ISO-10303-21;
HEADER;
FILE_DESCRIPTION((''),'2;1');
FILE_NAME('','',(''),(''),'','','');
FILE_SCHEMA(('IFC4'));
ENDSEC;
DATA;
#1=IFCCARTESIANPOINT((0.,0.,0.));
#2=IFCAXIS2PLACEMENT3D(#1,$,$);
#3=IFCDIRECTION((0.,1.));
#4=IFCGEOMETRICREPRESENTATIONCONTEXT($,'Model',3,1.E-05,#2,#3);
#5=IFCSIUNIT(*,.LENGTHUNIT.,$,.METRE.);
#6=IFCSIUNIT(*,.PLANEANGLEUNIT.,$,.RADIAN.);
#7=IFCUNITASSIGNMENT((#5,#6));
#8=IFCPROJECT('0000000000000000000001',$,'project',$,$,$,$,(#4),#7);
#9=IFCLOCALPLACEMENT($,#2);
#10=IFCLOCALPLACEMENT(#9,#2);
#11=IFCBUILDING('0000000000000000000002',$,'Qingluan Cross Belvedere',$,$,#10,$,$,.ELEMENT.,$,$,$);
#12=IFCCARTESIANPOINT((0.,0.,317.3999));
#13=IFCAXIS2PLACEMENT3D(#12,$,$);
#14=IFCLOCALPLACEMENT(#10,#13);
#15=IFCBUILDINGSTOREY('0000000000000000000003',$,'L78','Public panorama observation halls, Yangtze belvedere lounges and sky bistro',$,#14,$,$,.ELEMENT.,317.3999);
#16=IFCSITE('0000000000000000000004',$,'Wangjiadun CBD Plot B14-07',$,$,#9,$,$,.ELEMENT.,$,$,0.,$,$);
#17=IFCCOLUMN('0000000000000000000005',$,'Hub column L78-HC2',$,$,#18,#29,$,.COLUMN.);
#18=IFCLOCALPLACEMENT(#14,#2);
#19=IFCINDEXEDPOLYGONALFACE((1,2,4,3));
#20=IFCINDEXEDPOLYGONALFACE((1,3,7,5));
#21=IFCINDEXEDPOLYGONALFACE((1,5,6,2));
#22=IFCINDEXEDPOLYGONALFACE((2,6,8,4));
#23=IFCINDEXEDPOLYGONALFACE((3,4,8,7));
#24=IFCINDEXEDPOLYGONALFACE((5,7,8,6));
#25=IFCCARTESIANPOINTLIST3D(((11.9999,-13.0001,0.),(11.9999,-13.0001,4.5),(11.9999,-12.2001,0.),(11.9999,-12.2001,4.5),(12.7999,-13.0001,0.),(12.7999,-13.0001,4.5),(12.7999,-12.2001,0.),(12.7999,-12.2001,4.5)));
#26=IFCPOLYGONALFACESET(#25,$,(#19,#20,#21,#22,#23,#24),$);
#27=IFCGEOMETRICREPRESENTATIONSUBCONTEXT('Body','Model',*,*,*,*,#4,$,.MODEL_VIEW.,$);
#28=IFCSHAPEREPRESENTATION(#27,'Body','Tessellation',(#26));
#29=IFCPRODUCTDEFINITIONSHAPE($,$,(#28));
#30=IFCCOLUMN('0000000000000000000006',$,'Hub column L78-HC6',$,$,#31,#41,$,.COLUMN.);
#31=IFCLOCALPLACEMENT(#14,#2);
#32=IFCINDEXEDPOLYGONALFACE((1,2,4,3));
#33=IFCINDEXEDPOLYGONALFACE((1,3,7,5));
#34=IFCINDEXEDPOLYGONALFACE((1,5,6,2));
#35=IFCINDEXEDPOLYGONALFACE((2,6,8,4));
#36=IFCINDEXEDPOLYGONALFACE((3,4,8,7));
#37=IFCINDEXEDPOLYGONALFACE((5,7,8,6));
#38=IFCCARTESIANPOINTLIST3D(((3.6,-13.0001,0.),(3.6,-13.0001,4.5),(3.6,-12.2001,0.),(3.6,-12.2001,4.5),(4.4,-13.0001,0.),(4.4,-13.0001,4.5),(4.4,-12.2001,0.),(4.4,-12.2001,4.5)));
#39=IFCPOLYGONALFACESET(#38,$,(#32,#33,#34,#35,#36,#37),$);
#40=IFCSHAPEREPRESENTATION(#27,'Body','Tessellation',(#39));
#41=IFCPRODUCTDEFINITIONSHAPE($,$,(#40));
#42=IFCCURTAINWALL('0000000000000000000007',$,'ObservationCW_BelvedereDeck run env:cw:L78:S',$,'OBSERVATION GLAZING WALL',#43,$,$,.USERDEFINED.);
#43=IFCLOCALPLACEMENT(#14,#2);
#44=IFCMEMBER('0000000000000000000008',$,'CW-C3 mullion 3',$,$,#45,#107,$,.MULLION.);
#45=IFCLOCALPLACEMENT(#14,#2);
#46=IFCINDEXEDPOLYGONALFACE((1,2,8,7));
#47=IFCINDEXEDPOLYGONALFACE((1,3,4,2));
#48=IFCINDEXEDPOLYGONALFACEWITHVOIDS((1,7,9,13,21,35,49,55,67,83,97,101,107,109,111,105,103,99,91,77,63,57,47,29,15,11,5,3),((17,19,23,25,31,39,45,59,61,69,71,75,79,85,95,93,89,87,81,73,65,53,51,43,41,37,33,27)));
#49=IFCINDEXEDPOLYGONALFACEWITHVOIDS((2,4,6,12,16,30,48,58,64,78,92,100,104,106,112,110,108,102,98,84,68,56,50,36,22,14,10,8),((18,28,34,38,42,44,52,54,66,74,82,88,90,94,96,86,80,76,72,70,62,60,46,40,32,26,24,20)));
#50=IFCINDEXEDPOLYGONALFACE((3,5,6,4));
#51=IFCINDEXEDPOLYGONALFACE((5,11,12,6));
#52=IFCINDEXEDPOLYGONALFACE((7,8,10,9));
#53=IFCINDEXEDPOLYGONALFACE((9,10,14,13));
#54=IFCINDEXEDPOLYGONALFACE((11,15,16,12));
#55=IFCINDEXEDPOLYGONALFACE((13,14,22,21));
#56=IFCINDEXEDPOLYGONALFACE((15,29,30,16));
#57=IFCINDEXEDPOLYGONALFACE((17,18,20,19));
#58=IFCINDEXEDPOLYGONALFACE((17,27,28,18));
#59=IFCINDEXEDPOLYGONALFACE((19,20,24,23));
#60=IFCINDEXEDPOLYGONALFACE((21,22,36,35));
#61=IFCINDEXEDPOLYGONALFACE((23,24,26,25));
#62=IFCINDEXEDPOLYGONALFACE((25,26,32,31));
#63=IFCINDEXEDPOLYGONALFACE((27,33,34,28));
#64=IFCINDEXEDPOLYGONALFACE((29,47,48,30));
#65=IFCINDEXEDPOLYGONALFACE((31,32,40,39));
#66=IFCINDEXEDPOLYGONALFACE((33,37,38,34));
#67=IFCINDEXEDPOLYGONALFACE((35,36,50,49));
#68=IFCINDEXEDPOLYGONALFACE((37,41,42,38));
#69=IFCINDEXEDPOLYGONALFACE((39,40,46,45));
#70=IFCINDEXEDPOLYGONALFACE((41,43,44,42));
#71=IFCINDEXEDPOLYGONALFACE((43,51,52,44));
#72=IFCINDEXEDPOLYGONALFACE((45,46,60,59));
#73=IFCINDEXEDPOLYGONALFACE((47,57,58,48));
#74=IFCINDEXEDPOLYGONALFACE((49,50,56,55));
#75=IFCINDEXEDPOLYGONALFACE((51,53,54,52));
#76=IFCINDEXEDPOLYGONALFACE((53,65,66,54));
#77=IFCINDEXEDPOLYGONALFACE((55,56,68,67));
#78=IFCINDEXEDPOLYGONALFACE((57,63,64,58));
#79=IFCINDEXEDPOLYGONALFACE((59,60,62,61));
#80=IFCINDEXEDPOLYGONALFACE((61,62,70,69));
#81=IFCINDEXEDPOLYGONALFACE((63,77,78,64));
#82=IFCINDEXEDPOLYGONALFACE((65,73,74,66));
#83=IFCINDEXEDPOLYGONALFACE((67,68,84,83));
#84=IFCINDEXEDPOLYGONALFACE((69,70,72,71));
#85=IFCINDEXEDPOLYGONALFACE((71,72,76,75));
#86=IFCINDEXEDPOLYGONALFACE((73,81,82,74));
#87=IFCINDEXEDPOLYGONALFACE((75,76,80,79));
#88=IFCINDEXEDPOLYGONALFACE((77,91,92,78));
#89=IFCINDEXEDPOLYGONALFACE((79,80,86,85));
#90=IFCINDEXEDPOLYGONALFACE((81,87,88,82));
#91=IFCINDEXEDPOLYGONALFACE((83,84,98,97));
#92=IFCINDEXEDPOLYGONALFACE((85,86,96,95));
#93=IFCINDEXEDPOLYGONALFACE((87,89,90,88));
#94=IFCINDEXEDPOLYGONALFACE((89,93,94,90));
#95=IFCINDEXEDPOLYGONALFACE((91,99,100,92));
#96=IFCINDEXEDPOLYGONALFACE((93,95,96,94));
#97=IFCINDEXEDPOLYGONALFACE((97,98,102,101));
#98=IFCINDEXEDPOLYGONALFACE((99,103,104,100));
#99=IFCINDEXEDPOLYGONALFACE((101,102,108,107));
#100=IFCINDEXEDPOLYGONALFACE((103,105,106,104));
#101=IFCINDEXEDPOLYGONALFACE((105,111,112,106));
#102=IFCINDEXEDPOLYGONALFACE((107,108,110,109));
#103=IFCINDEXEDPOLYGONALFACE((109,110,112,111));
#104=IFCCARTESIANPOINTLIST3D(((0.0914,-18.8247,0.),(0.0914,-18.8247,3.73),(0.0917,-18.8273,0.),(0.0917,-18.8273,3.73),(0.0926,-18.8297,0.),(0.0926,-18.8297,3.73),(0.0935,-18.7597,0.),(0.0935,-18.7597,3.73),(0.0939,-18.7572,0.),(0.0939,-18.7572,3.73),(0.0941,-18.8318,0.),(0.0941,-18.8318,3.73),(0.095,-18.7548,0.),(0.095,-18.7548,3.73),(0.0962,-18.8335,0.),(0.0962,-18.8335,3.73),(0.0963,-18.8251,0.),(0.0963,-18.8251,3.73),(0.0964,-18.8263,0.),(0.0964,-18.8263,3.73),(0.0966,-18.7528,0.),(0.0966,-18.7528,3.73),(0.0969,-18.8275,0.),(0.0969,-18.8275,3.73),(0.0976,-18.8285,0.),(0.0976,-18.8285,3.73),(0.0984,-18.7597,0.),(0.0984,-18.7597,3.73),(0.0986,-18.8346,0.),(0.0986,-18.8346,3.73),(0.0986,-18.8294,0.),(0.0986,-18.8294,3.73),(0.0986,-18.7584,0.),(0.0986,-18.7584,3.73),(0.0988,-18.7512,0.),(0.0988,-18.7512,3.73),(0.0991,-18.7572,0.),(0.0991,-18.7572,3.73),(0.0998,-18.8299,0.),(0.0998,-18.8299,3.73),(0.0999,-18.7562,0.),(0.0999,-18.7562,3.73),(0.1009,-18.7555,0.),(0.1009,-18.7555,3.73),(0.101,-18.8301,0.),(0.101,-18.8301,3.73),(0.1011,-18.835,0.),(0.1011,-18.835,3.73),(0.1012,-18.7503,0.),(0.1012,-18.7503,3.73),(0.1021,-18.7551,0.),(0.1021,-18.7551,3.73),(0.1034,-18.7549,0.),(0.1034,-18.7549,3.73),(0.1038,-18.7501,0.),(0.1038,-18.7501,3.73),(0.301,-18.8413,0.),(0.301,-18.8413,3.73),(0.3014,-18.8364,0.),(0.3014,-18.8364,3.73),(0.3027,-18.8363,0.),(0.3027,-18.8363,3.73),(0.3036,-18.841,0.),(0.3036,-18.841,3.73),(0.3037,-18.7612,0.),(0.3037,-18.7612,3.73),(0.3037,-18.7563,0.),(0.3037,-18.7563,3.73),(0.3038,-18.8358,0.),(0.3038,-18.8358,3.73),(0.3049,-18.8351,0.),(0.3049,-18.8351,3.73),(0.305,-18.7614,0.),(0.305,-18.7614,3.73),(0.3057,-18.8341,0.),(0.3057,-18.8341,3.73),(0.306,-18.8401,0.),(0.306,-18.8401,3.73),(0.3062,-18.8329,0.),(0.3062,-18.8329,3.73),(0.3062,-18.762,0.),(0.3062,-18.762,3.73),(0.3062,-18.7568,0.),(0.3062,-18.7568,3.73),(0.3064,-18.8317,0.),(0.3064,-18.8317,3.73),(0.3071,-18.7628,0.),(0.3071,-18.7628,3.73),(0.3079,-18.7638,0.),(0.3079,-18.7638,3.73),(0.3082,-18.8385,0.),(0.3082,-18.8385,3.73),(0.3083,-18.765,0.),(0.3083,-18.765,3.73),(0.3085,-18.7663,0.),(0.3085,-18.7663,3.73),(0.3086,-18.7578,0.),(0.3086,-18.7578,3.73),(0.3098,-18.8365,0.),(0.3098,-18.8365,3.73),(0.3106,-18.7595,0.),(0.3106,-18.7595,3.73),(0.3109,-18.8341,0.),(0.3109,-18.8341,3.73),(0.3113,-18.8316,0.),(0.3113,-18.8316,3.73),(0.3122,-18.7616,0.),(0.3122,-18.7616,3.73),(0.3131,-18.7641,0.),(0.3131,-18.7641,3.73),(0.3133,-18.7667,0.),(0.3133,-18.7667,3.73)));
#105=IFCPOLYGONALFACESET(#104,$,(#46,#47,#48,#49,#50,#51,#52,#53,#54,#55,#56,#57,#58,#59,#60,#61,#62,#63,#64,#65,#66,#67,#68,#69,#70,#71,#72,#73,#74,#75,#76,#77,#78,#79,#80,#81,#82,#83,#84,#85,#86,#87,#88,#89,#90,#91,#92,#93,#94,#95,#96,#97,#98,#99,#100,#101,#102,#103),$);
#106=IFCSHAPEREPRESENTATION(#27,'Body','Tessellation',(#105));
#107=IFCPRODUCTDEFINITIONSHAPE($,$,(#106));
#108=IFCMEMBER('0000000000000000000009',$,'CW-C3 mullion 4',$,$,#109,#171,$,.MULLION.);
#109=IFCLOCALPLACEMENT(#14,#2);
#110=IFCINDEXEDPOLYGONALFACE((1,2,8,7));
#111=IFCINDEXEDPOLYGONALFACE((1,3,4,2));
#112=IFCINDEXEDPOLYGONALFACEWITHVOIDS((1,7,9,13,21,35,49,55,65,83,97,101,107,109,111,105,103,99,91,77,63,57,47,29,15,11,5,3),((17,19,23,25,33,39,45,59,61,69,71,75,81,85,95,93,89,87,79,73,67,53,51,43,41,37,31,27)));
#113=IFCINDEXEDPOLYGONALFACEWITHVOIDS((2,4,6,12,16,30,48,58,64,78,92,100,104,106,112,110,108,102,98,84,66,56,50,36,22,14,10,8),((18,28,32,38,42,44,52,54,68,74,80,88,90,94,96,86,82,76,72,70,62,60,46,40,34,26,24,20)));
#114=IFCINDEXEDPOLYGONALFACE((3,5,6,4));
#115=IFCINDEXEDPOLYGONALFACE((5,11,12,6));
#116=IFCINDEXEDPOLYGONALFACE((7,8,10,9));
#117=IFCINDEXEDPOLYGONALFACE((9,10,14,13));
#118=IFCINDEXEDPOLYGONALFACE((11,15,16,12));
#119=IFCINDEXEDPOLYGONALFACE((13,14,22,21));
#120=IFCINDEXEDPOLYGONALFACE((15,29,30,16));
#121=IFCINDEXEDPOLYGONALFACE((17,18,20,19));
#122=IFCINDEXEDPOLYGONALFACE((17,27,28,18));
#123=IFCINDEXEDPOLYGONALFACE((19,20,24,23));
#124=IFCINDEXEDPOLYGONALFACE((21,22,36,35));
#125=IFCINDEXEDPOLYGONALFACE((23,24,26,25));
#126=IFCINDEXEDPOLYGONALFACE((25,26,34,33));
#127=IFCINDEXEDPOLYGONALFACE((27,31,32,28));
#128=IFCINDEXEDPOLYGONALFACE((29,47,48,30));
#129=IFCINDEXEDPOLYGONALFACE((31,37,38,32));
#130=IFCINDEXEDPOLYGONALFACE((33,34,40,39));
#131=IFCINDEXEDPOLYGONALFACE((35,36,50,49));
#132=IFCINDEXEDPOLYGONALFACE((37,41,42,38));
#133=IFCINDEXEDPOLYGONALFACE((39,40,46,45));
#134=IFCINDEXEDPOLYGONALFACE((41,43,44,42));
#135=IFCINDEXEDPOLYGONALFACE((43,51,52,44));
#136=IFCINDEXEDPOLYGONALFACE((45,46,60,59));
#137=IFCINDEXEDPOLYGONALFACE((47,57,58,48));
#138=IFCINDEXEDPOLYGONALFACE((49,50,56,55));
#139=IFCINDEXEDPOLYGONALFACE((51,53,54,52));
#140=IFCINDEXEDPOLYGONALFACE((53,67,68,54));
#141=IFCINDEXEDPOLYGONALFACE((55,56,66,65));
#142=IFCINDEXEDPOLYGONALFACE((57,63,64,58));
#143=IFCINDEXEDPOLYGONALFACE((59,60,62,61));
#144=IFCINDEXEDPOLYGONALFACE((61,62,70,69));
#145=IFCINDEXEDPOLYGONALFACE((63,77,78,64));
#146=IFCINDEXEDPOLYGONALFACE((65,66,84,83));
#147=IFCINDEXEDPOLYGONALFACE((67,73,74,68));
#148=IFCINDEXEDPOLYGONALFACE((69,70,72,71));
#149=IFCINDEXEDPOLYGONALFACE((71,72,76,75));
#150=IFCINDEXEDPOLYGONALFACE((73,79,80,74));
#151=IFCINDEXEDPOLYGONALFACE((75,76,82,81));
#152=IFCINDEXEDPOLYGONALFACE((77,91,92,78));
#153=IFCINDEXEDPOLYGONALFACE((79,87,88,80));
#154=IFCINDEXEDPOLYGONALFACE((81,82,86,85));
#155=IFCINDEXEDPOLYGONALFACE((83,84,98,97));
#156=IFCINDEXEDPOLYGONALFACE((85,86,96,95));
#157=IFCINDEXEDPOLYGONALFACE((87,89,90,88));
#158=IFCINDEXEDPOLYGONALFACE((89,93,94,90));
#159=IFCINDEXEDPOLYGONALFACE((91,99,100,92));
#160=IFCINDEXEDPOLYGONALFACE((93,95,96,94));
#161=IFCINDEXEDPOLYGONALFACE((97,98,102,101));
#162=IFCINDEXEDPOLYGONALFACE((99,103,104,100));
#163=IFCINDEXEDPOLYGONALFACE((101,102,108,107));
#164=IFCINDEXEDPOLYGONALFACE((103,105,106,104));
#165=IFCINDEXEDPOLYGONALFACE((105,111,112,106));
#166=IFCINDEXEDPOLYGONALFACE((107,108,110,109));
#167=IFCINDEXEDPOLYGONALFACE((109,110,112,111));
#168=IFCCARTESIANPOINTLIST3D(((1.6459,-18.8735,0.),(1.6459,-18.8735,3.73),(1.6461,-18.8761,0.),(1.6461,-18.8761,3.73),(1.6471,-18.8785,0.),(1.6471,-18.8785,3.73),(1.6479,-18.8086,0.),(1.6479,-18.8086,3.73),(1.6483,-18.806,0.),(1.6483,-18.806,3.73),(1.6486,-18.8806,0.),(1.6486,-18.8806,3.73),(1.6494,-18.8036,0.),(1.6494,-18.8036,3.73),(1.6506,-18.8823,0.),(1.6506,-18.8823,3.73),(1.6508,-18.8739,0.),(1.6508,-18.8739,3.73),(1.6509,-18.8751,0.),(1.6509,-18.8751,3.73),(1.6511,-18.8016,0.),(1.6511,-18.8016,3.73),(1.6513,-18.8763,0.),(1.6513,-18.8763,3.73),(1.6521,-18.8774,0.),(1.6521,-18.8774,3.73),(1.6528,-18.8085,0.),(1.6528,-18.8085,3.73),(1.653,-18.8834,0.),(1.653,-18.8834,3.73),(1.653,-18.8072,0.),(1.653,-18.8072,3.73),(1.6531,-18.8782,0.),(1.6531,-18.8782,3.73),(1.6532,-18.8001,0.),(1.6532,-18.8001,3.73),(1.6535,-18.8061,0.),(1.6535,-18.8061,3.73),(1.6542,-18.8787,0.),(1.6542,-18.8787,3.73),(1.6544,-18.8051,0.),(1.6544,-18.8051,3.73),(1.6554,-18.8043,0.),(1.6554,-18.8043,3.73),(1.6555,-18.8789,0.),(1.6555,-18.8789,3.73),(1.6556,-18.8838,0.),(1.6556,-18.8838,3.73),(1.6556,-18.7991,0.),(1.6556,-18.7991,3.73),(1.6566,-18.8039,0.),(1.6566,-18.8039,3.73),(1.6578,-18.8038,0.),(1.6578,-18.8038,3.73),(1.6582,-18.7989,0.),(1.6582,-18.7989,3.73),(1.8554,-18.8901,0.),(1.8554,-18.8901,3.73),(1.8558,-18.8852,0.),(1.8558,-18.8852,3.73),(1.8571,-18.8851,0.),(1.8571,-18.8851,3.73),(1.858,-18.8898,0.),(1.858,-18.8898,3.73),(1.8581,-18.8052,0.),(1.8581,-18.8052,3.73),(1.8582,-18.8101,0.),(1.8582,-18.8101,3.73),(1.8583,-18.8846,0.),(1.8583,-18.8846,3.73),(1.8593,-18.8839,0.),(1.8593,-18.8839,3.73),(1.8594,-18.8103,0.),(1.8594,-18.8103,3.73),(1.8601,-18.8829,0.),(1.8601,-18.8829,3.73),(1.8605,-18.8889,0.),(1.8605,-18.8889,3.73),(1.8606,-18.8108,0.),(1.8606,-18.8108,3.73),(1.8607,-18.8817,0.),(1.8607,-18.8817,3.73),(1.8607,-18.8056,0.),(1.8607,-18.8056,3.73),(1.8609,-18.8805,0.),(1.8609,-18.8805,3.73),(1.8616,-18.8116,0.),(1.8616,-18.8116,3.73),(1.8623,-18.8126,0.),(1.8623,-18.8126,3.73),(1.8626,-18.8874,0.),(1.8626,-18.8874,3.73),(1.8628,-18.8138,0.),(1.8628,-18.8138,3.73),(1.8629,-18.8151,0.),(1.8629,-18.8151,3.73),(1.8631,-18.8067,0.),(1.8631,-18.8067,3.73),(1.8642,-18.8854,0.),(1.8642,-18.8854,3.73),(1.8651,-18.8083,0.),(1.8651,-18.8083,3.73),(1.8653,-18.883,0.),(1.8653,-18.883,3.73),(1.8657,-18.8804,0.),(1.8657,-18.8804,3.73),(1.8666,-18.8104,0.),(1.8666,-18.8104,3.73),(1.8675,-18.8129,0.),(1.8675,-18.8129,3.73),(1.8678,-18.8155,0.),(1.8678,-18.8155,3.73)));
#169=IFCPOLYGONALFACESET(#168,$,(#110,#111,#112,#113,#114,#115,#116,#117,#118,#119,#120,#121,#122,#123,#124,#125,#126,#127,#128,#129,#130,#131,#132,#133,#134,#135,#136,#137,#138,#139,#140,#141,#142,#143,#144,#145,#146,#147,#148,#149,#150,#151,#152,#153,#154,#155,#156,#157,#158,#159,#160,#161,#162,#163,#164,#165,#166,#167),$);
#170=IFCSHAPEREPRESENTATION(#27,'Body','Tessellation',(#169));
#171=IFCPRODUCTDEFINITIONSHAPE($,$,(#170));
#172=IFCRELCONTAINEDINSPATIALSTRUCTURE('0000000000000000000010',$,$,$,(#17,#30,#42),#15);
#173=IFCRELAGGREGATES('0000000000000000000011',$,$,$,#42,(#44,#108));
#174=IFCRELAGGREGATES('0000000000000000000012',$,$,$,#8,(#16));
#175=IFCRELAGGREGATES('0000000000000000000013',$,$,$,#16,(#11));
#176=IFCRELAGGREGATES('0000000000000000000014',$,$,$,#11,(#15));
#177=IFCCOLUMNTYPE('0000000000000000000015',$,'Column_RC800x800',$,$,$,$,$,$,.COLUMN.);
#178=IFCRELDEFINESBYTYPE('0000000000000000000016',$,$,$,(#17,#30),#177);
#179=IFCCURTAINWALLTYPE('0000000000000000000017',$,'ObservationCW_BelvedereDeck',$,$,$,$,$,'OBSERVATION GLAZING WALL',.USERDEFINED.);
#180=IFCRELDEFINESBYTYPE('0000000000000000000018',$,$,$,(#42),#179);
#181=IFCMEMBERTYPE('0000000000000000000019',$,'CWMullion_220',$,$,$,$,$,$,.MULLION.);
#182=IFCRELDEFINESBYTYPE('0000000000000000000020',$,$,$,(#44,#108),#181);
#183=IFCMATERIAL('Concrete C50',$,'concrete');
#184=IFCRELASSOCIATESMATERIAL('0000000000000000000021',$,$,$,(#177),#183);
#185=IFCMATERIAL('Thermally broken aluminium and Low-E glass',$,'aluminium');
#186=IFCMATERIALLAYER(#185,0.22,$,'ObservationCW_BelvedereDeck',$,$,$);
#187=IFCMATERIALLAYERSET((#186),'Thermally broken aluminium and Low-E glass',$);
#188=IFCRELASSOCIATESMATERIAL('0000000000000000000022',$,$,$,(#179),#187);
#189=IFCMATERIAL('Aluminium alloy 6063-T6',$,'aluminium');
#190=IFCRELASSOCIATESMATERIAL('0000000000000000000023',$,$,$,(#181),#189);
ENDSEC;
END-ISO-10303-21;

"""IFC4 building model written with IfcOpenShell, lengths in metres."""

from ifc_helpers import new_model, si_unit, direction, frame, origin, origin_2d, place, context, subcontext, project, spatial, rectangle, hollow_rectangle, extrude, material, layer, layer_set, material_profile, profile_set, type_object, element, aggregate, save


model = new_model("IFC4")

# Units and contexts
model_context = context("Model", 3, precision=1e-05, world=origin(), true_north=direction((0.0, 1.0)))
body_context = subcontext(model_context, "Body", "Model", "MODEL_VIEW")
ifc_project = project(units=[si_unit("LENGTHUNIT", "METRE"), si_unit("PLANEANGLEUNIT", "RADIAN")], contexts=[model_context])

# Site, building, storey
site_placement = place(None, origin())
site = spatial("IfcSite", under=ifc_project, at=site_placement, Name="Wangjiadun CBD Plot B14-07", CompositionType="ELEMENT", RefElevation=0.0)
building_placement = place(site_placement, origin())
building = spatial("IfcBuilding", under=site, at=building_placement, Name="Qingluan Cross Belvedere", CompositionType="ELEMENT")
storey_placement = place(building_placement, frame((0.0, 0.0, 317.3999)))
storey = spatial("IfcBuildingStorey", under=building, at=storey_placement, Name="L78", Description="Public panorama observation halls, Yangtze belvedere lounges and sky bistro", CompositionType="ELEMENT", Elevation=317.3999)

# Columns
ifc_material_1 = material(Name="Concrete C50", Category="concrete")
ifc_material_profile_1 = material_profile(ifc_material_1, rectangle(XDim=0.8, YDim=0.8, at=origin_2d()), Name="RC800x800")
ifc_profile_set_1 = profile_set([ifc_material_profile_1], Name="Concrete C50")
column_type = type_object("IfcColumnType", Name="Column_RC800x800", PredefinedType="COLUMN", material=ifc_profile_set_1)
for number, where, z_axis, x_axis, name in (
    (1, (12.3999, -12.6001, 0.0), (0.0, 0.0, 1.0), (1.0, 0.0, 0.0), "Hub column L78-HC2"),
    (2, (4.0, -12.6001, 0.0), (0.0, 0.0, 1.0), (1.0, 0.0, 0.0), "Hub column L78-HC6"),
):
    element("IfcColumn", number, at=place(storey_placement, frame(where, z_axis=z_axis, x_axis=x_axis)), inside=storey, type_object=column_type, Name=name, PredefinedType="COLUMN", context=body_context, shape_type="SweptSolid", body=[
        extrude(rectangle(XDim=0.8, YDim=0.8, at=origin_2d()), origin(), (0.0, 0.0, 1.0), 4.5),
    ])

# Curtain wall, members
ifc_material_2 = material(Name="Thermally broken aluminium and Low-E glass", Category="aluminium")
ifc_layer_1 = layer(ifc_material_2, 0.22, Name="ObservationCW_BelvedereDeck")
ifc_layer_set_1 = layer_set([ifc_layer_1], Name="Thermally broken aluminium and Low-E glass")
curtain_wall_type = type_object("IfcCurtainWallType", Name="ObservationCW_BelvedereDeck", ElementType="OBSERVATION GLAZING WALL", PredefinedType="USERDEFINED", material=ifc_layer_set_1)
curtain_wall_placement = place(storey_placement, origin())
curtain_wall = element("IfcCurtainWall", 3, at=curtain_wall_placement, inside=storey, type_object=curtain_wall_type, Name="ObservationCW_BelvedereDeck run env:cw:L78:S", ObjectType="OBSERVATION GLAZING WALL", PredefinedType="USERDEFINED")
ifc_material_3 = material(Name="Aluminium alloy 6063-T6", Category="aluminium")
ifc_material_profile_2 = material_profile(ifc_material_3, hollow_rectangle(XDim=0.085, YDim=0.22, WallThickness=0.0049, InnerFilletRadius=0.0049, OuterFilletRadius=0.01, at=origin_2d()), Name="CWM220x85x5")
ifc_profile_set_2 = profile_set([ifc_material_profile_2], Name="Aluminium alloy 6063-T6")
member_type_1 = type_object("IfcMemberType", Name="CWMullion_220", PredefinedType="MULLION", material=ifc_profile_set_2)
member_1_placement = place(storey_placement, frame((0.2024, -18.7957, 0.0), z_axis=(0.0, 0.0, 1.0), x_axis=(0.031413, 0.999506, 0.0)))
member_1 = element("IfcMember", 4, at=member_1_placement, type_object=member_type_1, Name="CW-C3 mullion 3", PredefinedType="MULLION", context=body_context, shape_type="SweptSolid", body=[
    extrude(hollow_rectangle(XDim=0.085, YDim=0.22, WallThickness=0.0049, InnerFilletRadius=0.0049, OuterFilletRadius=0.01, at=origin_2d()), origin(), (0.0, 0.0, 1.0), 3.73),
])
member_2_placement = place(storey_placement, frame((1.7568, -18.8445, 0.0), z_axis=(0.0, 0.0, 1.0), x_axis=(0.031413, 0.999506, 0.0)))
member_2 = element("IfcMember", 5, at=member_2_placement, type_object=member_type_1, Name="CW-C3 mullion 4", PredefinedType="MULLION", context=body_context, shape_type="SweptSolid", body=[
    extrude(hollow_rectangle(XDim=0.085, YDim=0.22, WallThickness=0.0049, InnerFilletRadius=0.0049, OuterFilletRadius=0.01, at=origin_2d()), origin(), (0.0, 0.0, 1.0), 3.73),
])

aggregate(curtain_wall, [member_1, member_2])

save(model, "model.ifc")
